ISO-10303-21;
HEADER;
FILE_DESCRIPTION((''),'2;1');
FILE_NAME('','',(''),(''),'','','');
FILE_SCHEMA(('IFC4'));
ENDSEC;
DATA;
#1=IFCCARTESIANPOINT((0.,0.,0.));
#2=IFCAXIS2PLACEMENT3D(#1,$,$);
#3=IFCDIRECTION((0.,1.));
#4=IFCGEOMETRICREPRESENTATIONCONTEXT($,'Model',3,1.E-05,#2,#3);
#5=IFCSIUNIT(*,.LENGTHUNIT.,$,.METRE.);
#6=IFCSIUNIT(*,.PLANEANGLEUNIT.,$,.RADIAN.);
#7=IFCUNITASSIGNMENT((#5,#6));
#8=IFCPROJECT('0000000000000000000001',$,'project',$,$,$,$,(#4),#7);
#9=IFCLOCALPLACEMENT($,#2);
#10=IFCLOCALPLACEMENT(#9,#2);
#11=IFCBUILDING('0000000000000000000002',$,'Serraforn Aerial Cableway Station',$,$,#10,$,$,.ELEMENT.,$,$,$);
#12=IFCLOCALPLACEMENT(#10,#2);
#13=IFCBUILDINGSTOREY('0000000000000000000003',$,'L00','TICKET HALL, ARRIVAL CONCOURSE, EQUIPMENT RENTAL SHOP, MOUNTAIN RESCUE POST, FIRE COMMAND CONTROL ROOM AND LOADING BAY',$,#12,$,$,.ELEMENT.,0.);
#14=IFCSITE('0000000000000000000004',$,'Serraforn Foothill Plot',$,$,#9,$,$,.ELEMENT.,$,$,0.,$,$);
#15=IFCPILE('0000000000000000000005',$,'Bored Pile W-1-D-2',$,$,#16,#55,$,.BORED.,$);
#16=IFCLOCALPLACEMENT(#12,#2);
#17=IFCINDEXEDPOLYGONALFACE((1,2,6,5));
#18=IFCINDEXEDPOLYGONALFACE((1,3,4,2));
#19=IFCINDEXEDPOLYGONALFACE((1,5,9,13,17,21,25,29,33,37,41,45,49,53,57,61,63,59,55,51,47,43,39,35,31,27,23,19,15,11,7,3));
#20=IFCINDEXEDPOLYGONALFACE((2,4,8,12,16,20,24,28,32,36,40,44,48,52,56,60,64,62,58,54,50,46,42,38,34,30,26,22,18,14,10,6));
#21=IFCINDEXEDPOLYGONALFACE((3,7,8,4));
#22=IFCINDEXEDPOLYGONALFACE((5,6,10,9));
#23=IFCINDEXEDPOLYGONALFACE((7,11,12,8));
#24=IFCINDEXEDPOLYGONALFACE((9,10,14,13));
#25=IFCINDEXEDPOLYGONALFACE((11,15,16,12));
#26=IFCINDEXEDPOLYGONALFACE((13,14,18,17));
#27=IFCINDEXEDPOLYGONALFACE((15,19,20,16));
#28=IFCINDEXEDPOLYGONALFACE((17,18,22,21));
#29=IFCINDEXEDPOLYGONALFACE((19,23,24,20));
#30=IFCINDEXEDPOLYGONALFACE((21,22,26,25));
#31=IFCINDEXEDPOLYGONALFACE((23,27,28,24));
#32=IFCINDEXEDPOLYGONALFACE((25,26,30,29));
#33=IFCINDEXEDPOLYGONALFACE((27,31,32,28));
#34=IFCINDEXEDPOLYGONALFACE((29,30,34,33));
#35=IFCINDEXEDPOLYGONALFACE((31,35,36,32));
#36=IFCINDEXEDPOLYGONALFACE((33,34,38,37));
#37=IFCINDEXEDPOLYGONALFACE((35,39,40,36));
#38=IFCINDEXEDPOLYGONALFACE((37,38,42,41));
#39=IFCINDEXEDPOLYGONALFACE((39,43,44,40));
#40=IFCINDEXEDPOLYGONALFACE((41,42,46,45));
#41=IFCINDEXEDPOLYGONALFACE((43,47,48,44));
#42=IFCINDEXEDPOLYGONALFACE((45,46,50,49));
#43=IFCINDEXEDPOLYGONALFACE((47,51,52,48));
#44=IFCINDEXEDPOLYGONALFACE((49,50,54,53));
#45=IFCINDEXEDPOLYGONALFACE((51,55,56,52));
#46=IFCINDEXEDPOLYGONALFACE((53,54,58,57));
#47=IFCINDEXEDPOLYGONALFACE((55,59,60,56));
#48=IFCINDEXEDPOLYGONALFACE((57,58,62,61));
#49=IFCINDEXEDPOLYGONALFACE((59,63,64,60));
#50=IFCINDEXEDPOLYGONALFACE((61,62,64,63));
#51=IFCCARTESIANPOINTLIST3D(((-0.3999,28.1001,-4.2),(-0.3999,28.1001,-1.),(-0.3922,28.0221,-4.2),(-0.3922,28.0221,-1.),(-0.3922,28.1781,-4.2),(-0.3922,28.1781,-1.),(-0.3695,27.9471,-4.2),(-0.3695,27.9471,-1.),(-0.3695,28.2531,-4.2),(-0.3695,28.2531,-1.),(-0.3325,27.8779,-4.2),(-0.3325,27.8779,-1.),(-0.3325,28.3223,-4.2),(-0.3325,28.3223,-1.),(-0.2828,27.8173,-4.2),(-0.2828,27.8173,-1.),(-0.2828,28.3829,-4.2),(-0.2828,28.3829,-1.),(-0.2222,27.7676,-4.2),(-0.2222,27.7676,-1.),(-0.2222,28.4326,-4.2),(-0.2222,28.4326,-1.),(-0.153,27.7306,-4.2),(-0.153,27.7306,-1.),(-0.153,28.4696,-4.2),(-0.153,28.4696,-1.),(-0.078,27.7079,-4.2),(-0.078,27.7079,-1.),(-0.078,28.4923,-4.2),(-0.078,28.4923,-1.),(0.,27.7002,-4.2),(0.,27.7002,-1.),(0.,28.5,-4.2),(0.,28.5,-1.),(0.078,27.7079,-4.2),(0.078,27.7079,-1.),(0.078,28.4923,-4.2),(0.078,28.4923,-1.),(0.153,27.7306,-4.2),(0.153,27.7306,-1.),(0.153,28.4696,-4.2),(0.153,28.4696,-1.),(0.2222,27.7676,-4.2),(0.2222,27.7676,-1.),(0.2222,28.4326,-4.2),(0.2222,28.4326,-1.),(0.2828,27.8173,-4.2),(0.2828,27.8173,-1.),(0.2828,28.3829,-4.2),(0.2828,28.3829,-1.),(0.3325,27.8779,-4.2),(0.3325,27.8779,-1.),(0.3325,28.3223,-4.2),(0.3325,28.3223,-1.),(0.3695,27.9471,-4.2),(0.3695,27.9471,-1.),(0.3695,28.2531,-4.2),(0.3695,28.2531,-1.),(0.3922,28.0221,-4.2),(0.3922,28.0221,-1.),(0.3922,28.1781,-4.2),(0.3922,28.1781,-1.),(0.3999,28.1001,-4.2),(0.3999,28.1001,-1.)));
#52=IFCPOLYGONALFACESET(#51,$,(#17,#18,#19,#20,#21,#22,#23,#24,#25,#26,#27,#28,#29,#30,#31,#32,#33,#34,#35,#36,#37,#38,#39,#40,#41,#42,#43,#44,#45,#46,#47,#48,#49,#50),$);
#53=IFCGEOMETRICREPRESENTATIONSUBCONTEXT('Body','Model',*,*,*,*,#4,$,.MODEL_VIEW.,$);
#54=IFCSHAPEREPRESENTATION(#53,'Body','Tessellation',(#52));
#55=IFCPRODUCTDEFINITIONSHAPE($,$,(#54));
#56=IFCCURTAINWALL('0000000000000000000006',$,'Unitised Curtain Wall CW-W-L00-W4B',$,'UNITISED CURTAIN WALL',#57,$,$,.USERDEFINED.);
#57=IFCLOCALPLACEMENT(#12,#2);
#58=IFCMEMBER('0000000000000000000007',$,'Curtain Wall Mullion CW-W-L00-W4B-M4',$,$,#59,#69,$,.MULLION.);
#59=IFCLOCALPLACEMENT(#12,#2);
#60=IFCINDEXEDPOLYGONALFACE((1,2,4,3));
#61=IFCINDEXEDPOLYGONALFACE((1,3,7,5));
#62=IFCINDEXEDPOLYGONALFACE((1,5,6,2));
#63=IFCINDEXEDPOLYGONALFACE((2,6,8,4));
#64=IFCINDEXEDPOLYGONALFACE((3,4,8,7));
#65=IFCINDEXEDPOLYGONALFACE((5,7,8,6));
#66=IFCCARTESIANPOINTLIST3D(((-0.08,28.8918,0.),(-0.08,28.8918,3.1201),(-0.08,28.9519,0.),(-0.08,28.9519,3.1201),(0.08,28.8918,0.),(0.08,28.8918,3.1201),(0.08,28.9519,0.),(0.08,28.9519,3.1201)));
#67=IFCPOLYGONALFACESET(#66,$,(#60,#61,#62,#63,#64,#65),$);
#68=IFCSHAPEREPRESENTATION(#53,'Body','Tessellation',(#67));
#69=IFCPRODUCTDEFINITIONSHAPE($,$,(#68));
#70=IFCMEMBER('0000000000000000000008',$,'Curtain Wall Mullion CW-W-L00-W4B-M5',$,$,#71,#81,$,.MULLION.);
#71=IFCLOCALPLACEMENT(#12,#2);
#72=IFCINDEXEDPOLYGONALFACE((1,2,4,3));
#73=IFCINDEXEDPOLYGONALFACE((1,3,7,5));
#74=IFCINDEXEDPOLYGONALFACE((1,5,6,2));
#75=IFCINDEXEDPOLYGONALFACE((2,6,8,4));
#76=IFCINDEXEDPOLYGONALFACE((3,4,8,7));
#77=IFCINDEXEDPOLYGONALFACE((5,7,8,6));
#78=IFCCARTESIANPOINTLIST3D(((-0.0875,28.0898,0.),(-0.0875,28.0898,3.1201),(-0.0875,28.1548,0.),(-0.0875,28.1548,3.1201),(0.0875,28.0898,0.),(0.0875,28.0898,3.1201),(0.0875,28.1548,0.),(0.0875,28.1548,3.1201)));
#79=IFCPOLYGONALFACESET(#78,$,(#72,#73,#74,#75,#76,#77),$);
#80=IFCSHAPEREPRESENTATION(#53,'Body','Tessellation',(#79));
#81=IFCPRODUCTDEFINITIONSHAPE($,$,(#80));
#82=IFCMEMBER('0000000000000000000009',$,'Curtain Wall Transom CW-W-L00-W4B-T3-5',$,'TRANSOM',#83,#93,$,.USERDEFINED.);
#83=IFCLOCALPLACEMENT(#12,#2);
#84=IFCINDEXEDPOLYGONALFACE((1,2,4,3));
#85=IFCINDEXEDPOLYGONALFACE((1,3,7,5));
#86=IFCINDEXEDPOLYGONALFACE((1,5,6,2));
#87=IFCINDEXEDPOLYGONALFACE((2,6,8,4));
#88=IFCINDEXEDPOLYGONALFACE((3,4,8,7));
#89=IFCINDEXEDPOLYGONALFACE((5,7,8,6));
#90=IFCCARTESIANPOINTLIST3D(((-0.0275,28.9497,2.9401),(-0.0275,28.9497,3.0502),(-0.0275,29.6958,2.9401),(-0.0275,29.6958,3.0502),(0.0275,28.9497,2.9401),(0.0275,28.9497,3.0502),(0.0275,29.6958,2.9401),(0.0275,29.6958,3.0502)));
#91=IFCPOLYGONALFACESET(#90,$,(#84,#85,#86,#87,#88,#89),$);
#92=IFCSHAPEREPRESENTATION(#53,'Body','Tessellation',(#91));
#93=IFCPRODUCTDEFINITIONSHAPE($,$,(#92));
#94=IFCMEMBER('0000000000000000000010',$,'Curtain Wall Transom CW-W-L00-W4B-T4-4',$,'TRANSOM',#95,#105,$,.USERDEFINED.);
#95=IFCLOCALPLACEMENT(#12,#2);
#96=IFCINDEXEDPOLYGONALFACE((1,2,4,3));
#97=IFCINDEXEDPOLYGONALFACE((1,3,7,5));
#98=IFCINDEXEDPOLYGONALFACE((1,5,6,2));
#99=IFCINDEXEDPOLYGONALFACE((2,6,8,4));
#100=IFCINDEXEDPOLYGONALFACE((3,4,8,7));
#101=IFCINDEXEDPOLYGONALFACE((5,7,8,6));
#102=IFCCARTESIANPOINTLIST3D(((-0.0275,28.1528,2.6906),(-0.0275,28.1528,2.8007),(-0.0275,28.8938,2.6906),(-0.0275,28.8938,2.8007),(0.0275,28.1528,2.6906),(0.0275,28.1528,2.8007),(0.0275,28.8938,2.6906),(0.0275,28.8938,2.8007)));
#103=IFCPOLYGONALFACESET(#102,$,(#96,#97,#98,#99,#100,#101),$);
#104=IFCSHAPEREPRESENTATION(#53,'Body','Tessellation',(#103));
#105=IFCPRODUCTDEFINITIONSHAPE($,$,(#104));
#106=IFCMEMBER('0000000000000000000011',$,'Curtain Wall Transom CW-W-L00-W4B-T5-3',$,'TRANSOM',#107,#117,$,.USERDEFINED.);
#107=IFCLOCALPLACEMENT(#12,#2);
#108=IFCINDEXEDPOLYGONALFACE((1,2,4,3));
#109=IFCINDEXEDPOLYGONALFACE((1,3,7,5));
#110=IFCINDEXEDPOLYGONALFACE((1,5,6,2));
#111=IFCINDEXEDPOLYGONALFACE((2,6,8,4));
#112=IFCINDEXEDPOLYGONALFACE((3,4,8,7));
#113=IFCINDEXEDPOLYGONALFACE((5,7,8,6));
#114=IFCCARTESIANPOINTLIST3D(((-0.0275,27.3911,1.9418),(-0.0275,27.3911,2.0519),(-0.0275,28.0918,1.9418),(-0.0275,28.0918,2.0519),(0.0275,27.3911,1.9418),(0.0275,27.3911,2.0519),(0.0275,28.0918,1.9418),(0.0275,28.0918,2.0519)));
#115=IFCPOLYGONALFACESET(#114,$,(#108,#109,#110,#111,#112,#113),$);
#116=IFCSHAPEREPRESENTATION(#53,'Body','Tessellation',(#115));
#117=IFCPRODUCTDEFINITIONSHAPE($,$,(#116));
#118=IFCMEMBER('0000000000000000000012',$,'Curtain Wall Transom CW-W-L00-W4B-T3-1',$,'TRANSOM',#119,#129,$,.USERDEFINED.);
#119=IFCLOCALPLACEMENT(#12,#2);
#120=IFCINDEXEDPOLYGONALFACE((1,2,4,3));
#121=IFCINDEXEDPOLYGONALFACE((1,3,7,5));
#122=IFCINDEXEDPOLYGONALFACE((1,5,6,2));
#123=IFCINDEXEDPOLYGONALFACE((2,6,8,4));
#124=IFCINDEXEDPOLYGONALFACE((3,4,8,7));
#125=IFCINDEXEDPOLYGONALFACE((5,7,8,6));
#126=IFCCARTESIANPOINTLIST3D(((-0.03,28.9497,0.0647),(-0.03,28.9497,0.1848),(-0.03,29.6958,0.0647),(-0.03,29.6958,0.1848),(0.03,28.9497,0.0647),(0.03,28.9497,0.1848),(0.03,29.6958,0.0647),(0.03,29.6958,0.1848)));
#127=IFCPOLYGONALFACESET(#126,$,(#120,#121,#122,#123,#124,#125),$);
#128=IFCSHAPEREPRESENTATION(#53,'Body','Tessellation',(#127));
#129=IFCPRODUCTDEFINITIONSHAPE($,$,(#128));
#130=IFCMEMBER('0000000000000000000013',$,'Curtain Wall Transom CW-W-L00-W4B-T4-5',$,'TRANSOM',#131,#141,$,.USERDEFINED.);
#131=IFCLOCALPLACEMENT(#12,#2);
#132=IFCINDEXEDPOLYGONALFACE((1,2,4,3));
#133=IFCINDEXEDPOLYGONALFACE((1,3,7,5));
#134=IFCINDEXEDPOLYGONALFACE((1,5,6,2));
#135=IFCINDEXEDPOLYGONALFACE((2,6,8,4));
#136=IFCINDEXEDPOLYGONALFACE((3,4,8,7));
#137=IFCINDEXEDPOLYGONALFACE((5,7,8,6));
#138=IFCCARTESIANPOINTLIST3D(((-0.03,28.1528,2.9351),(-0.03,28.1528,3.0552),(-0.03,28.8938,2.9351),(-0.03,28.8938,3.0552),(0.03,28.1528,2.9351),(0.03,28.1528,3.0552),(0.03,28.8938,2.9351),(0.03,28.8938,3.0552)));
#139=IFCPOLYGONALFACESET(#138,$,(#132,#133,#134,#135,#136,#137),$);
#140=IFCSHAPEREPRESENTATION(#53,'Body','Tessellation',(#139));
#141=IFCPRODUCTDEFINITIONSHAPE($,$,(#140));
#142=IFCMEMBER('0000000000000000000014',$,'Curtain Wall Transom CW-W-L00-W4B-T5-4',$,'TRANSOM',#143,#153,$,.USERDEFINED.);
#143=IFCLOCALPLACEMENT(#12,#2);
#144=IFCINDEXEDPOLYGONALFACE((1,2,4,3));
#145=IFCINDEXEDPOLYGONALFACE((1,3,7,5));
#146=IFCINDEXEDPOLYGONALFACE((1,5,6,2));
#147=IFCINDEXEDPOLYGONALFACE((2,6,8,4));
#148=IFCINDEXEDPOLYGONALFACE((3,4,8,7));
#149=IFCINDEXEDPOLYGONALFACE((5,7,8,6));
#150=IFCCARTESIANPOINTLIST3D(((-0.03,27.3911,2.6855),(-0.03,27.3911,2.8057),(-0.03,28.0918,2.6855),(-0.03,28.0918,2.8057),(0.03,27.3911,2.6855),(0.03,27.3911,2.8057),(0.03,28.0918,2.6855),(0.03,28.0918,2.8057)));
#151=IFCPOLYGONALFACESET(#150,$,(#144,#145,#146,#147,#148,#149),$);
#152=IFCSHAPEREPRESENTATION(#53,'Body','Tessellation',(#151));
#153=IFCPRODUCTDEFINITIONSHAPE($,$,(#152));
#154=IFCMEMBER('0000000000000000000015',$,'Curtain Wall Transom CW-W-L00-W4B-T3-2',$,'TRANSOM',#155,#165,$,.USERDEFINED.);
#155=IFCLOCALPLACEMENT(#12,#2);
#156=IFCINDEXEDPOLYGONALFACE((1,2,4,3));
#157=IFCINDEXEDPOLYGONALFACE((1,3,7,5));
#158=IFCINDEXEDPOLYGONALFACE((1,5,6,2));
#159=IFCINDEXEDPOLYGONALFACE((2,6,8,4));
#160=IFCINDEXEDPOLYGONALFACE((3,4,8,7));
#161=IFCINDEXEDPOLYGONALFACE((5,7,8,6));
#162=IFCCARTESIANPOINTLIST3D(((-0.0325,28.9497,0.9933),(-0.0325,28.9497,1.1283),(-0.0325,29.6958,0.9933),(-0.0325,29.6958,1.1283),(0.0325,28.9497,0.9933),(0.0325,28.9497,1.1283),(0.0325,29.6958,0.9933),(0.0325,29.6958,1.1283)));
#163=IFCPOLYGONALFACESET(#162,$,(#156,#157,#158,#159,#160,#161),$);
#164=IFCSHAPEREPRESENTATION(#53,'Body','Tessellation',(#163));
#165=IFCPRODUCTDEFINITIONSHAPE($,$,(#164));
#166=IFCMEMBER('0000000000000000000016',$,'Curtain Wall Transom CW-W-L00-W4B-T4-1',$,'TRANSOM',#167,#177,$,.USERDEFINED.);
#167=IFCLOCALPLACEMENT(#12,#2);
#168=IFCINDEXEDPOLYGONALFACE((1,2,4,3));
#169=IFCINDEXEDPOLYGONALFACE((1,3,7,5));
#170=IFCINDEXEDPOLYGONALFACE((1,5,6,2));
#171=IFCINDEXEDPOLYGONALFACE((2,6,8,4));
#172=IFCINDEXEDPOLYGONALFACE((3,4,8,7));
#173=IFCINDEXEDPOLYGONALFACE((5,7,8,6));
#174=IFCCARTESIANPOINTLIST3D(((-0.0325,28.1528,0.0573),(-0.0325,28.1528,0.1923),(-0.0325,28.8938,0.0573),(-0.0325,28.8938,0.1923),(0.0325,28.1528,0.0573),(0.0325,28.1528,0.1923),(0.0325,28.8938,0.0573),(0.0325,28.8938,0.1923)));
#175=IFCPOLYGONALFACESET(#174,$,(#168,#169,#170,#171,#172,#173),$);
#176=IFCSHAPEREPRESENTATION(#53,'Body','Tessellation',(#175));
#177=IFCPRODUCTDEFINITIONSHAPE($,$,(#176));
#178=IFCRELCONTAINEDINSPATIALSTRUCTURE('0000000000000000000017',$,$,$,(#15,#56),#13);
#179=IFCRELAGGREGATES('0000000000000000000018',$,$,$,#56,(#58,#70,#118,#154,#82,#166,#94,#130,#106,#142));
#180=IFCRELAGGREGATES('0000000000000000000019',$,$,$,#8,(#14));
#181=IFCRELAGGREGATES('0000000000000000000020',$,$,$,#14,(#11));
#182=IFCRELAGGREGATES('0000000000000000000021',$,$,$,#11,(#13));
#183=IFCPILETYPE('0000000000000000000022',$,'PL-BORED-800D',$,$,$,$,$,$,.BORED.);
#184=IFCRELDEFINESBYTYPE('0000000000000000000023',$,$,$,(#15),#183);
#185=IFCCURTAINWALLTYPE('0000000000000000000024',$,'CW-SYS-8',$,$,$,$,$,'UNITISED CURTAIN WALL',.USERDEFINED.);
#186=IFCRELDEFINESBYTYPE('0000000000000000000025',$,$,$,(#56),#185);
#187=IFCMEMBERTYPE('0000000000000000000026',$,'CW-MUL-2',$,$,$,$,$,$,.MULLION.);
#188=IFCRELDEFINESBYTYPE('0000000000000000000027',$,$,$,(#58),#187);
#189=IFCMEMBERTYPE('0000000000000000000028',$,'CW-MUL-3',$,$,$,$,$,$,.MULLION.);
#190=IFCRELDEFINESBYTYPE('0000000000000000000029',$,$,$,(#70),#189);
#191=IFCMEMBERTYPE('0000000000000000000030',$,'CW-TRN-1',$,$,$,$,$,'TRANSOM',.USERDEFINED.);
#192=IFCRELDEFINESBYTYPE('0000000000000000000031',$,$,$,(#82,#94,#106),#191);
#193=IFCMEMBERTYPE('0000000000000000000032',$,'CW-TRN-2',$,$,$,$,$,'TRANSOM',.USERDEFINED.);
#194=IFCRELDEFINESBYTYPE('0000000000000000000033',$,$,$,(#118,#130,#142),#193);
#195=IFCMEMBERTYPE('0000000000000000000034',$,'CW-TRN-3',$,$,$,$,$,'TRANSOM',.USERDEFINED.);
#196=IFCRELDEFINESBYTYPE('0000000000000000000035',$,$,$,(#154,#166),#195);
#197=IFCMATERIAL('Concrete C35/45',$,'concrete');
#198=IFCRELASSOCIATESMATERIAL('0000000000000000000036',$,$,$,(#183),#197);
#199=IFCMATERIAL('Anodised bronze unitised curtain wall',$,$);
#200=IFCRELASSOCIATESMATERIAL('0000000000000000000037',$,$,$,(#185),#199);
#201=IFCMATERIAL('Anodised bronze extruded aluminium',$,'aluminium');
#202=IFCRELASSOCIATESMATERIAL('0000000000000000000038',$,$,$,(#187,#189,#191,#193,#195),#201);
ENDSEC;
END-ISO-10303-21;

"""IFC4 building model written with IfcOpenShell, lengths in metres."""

from ifc_helpers import new_model, si_unit, direction, frame, origin, origin_2d, place, context, subcontext, project, spatial, rectangle, circle, extrude, material, material_profile, profile_set, type_object, element, aggregate, save


model = new_model("IFC4")

# Units and contexts
model_context = context("Model", 3, precision=1e-05, world=origin(), true_north=direction((0.0, 1.0)))
body_context = subcontext(model_context, "Body", "Model", "MODEL_VIEW")
ifc_project = project(units=[si_unit("LENGTHUNIT", "METRE"), si_unit("PLANEANGLEUNIT", "RADIAN")], contexts=[model_context])

# Site, building, storey
site_placement = place(None, origin())
site = spatial("IfcSite", under=ifc_project, at=site_placement, Name="Serraforn Foothill Plot", CompositionType="ELEMENT", RefElevation=0.0)
building_placement = place(site_placement, origin())
building = spatial("IfcBuilding", under=site, at=building_placement, Name="Serraforn Aerial Cableway Station", CompositionType="ELEMENT")
storey_placement = place(building_placement, origin())
storey = spatial("IfcBuildingStorey", under=building, at=storey_placement, Name="L00", Description="TICKET HALL, ARRIVAL CONCOURSE, EQUIPMENT RENTAL SHOP, MOUNTAIN RESCUE POST, FIRE COMMAND CONTROL ROOM AND LOADING BAY", CompositionType="ELEMENT", Elevation=0.0)

# Pile
ifc_material_1 = material(Name="Concrete C35/45", Category="concrete")
ifc_material_profile_1 = material_profile(ifc_material_1, circle(Radius=0.3999, at=origin_2d()), Name="BORED PILE D800")
ifc_profile_set_1 = profile_set([ifc_material_profile_1], Name="Concrete C35/45")
pile_type = type_object("IfcPileType", Name="PL-BORED-800D", PredefinedType="BORED", material=ifc_profile_set_1)
pile_placement = place(storey_placement, frame((0.0, 28.1001, -1.0), z_axis=(0.0, 0.0, -1.0), x_axis=(1.0, 0.0, 0.0)))
element("IfcPile", 1, at=pile_placement, inside=storey, type_object=pile_type, Name="Bored Pile W-1-D-2", PredefinedType="BORED", context=body_context, shape_type="SweptSolid", body=[
    extrude(circle(Radius=0.3999, at=origin_2d()), origin(), (0.0, 0.0, 1.0), 3.2),
])

# Curtain wall, members
ifc_material_2 = material(Name="Anodised bronze unitised curtain wall")
curtain_wall_type = type_object("IfcCurtainWallType", Name="CW-SYS-8", ElementType="UNITISED CURTAIN WALL", PredefinedType="USERDEFINED", material=ifc_material_2)
curtain_wall_placement = place(storey_placement, origin())
curtain_wall = element("IfcCurtainWall", 2, at=curtain_wall_placement, inside=storey, type_object=curtain_wall_type, Name="Unitised Curtain Wall CW-W-L00-W4B", ObjectType="UNITISED CURTAIN WALL", PredefinedType="USERDEFINED")
ifc_material_3 = material(Name="Anodised bronze extruded aluminium", Category="aluminium")
ifc_material_profile_2 = material_profile(ifc_material_3, rectangle(XDim=0.0601, YDim=0.1599, at=origin_2d()), Name="CW MULLION 60x160")
ifc_profile_set_2 = profile_set([ifc_material_profile_2], Name="Anodised bronze extruded aluminium")
member_type_1 = type_object("IfcMemberType", Name="CW-MUL-2", PredefinedType="MULLION", material=ifc_profile_set_2)
member_1_placement = place(storey_placement, frame((0.0, 28.9219, 0.0), z_axis=(0.0, 0.0, 1.0), x_axis=(0.0, -1.0, 0.0)))
member_1 = element("IfcMember", 3, at=member_1_placement, type_object=member_type_1, Name="Curtain Wall Mullion CW-W-L00-W4B-M4", PredefinedType="MULLION", context=body_context, shape_type="SweptSolid", body=[
    extrude(rectangle(XDim=0.0601, YDim=0.1599, at=origin_2d()), origin(), (0.0, 0.0, 1.0), 3.1201),
])
ifc_material_profile_3 = material_profile(ifc_material_3, rectangle(XDim=0.0649, YDim=0.175, at=origin_2d()), Name="CW MULLION 65x175")
ifc_profile_set_3 = profile_set([ifc_material_profile_3], Name="Anodised bronze extruded aluminium")
member_type_2 = type_object("IfcMemberType", Name="CW-MUL-3", PredefinedType="MULLION", material=ifc_profile_set_3)
member_2_placement = place(storey_placement, frame((0.0, 28.1223, 0.0), z_axis=(0.0, 0.0, 1.0), x_axis=(0.0, -1.0, 0.0)))
member_2 = element("IfcMember", 4, at=member_2_placement, type_object=member_type_2, Name="Curtain Wall Mullion CW-W-L00-W4B-M5", PredefinedType="MULLION", context=body_context, shape_type="SweptSolid", body=[
    extrude(rectangle(XDim=0.0649, YDim=0.175, at=origin_2d()), origin(), (0.0, 0.0, 1.0), 3.1201),
])
ifc_material_profile_4 = material_profile(ifc_material_3, rectangle(XDim=0.0549, YDim=0.1101, at=origin_2d()), Name="CW TRANSOM 55x110")
ifc_profile_set_4 = profile_set([ifc_material_profile_4], Name="Anodised bronze extruded aluminium")
member_type_3 = type_object("IfcMemberType", Name="CW-TRN-1", ElementType="TRANSOM", PredefinedType="USERDEFINED", material=ifc_profile_set_4)
member_3_placement = place(storey_placement, frame((0.0, 29.6958, 2.9951), z_axis=(0.0, -1.0, 0.0), x_axis=(1.0, 0.0, 0.0)))
member_3 = element("IfcMember", 5, at=member_3_placement, type_object=member_type_3, Name="Curtain Wall Transom CW-W-L00-W4B-T3-5", ObjectType="TRANSOM", PredefinedType="USERDEFINED", context=body_context, shape_type="SweptSolid", body=[
    extrude(rectangle(XDim=0.0549, YDim=0.1101, at=origin_2d()), origin(), (0.0, 0.0, 1.0), 0.7461),
])
member_4_placement = place(storey_placement, frame((0.0, 28.8938, 2.7456), z_axis=(0.0, -1.0, 0.0), x_axis=(1.0, 0.0, 0.0)))
member_4 = element("IfcMember", 6, at=member_4_placement, type_object=member_type_3, Name="Curtain Wall Transom CW-W-L00-W4B-T4-4", ObjectType="TRANSOM", PredefinedType="USERDEFINED", context=body_context, shape_type="SweptSolid", body=[
    extrude(rectangle(XDim=0.0549, YDim=0.1101, at=origin_2d()), origin(), (0.0, 0.0, 1.0), 0.741),
])
member_5_placement = place(storey_placement, frame((0.0, 28.0918, 1.9968), z_axis=(0.0, -1.0, 0.0), x_axis=(1.0, 0.0, 0.0)))
member_5 = element("IfcMember", 7, at=member_5_placement, type_object=member_type_3, Name="Curtain Wall Transom CW-W-L00-W4B-T5-3", ObjectType="TRANSOM", PredefinedType="USERDEFINED", context=body_context, shape_type="SweptSolid", body=[
    extrude(rectangle(XDim=0.0549, YDim=0.1101, at=origin_2d()), origin(), (0.0, 0.0, 1.0), 0.7007),
])
ifc_material_profile_5 = material_profile(ifc_material_3, rectangle(XDim=0.0601, YDim=0.1201, at=origin_2d()), Name="CW TRANSOM 60x120")
ifc_profile_set_5 = profile_set([ifc_material_profile_5], Name="Anodised bronze extruded aluminium")
member_type_4 = type_object("IfcMemberType", Name="CW-TRN-2", ElementType="TRANSOM", PredefinedType="USERDEFINED", material=ifc_profile_set_5)
member_6_placement = place(storey_placement, frame((0.0, 29.6958, 0.1248), z_axis=(0.0, -1.0, 0.0), x_axis=(1.0, 0.0, 0.0)))
member_6 = element("IfcMember", 8, at=member_6_placement, type_object=member_type_4, Name="Curtain Wall Transom CW-W-L00-W4B-T3-1", ObjectType="TRANSOM", PredefinedType="USERDEFINED", context=body_context, shape_type="SweptSolid", body=[
    extrude(rectangle(XDim=0.0601, YDim=0.1201, at=origin_2d()), origin(), (0.0, 0.0, 1.0), 0.7461),
])
member_7_placement = place(storey_placement, frame((0.0, 28.8938, 2.9951), z_axis=(0.0, -1.0, 0.0), x_axis=(1.0, 0.0, 0.0)))
member_7 = element("IfcMember", 9, at=member_7_placement, type_object=member_type_4, Name="Curtain Wall Transom CW-W-L00-W4B-T4-5", ObjectType="TRANSOM", PredefinedType="USERDEFINED", context=body_context, shape_type="SweptSolid", body=[
    extrude(rectangle(XDim=0.0601, YDim=0.1201, at=origin_2d()), origin(), (0.0, 0.0, 1.0), 0.741),
])
member_8_placement = place(storey_placement, frame((0.0, 28.0918, 2.7456), z_axis=(0.0, -1.0, 0.0), x_axis=(1.0, 0.0, 0.0)))
member_8 = element("IfcMember", 10, at=member_8_placement, type_object=member_type_4, Name="Curtain Wall Transom CW-W-L00-W4B-T5-4", ObjectType="TRANSOM", PredefinedType="USERDEFINED", context=body_context, shape_type="SweptSolid", body=[
    extrude(rectangle(XDim=0.0601, YDim=0.1201, at=origin_2d()), origin(), (0.0, 0.0, 1.0), 0.7007),
])
ifc_material_profile_6 = material_profile(ifc_material_3, rectangle(XDim=0.0649, YDim=0.135, at=origin_2d()), Name="CW TRANSOM 65x135")
ifc_profile_set_6 = profile_set([ifc_material_profile_6], Name="Anodised bronze extruded aluminium")
member_type_5 = type_object("IfcMemberType", Name="CW-TRN-3", ElementType="TRANSOM", PredefinedType="USERDEFINED", material=ifc_profile_set_6)
member_9_placement = place(storey_placement, frame((0.0, 29.6958, 1.0608), z_axis=(0.0, -1.0, 0.0), x_axis=(1.0, 0.0, 0.0)))
member_9 = element("IfcMember", 11, at=member_9_placement, type_object=member_type_5, Name="Curtain Wall Transom CW-W-L00-W4B-T3-2", ObjectType="TRANSOM", PredefinedType="USERDEFINED", context=body_context, shape_type="SweptSolid", body=[
    extrude(rectangle(XDim=0.0649, YDim=0.135, at=origin_2d()), origin(), (0.0, 0.0, 1.0), 0.7461),
])
member_10_placement = place(storey_placement, frame((0.0, 28.8938, 0.1248), z_axis=(0.0, -1.0, 0.0), x_axis=(1.0, 0.0, 0.0)))
member_10 = element("IfcMember", 12, at=member_10_placement, type_object=member_type_5, Name="Curtain Wall Transom CW-W-L00-W4B-T4-1", ObjectType="TRANSOM", PredefinedType="USERDEFINED", context=body_context, shape_type="SweptSolid", body=[
    extrude(rectangle(XDim=0.0649, YDim=0.135, at=origin_2d()), origin(), (0.0, 0.0, 1.0), 0.741),
])
aggregate(curtain_wall, [member_1, member_2, member_6, member_9, member_3, member_10, member_4, member_7, member_5, member_8])

save(model, "model.ifc")
